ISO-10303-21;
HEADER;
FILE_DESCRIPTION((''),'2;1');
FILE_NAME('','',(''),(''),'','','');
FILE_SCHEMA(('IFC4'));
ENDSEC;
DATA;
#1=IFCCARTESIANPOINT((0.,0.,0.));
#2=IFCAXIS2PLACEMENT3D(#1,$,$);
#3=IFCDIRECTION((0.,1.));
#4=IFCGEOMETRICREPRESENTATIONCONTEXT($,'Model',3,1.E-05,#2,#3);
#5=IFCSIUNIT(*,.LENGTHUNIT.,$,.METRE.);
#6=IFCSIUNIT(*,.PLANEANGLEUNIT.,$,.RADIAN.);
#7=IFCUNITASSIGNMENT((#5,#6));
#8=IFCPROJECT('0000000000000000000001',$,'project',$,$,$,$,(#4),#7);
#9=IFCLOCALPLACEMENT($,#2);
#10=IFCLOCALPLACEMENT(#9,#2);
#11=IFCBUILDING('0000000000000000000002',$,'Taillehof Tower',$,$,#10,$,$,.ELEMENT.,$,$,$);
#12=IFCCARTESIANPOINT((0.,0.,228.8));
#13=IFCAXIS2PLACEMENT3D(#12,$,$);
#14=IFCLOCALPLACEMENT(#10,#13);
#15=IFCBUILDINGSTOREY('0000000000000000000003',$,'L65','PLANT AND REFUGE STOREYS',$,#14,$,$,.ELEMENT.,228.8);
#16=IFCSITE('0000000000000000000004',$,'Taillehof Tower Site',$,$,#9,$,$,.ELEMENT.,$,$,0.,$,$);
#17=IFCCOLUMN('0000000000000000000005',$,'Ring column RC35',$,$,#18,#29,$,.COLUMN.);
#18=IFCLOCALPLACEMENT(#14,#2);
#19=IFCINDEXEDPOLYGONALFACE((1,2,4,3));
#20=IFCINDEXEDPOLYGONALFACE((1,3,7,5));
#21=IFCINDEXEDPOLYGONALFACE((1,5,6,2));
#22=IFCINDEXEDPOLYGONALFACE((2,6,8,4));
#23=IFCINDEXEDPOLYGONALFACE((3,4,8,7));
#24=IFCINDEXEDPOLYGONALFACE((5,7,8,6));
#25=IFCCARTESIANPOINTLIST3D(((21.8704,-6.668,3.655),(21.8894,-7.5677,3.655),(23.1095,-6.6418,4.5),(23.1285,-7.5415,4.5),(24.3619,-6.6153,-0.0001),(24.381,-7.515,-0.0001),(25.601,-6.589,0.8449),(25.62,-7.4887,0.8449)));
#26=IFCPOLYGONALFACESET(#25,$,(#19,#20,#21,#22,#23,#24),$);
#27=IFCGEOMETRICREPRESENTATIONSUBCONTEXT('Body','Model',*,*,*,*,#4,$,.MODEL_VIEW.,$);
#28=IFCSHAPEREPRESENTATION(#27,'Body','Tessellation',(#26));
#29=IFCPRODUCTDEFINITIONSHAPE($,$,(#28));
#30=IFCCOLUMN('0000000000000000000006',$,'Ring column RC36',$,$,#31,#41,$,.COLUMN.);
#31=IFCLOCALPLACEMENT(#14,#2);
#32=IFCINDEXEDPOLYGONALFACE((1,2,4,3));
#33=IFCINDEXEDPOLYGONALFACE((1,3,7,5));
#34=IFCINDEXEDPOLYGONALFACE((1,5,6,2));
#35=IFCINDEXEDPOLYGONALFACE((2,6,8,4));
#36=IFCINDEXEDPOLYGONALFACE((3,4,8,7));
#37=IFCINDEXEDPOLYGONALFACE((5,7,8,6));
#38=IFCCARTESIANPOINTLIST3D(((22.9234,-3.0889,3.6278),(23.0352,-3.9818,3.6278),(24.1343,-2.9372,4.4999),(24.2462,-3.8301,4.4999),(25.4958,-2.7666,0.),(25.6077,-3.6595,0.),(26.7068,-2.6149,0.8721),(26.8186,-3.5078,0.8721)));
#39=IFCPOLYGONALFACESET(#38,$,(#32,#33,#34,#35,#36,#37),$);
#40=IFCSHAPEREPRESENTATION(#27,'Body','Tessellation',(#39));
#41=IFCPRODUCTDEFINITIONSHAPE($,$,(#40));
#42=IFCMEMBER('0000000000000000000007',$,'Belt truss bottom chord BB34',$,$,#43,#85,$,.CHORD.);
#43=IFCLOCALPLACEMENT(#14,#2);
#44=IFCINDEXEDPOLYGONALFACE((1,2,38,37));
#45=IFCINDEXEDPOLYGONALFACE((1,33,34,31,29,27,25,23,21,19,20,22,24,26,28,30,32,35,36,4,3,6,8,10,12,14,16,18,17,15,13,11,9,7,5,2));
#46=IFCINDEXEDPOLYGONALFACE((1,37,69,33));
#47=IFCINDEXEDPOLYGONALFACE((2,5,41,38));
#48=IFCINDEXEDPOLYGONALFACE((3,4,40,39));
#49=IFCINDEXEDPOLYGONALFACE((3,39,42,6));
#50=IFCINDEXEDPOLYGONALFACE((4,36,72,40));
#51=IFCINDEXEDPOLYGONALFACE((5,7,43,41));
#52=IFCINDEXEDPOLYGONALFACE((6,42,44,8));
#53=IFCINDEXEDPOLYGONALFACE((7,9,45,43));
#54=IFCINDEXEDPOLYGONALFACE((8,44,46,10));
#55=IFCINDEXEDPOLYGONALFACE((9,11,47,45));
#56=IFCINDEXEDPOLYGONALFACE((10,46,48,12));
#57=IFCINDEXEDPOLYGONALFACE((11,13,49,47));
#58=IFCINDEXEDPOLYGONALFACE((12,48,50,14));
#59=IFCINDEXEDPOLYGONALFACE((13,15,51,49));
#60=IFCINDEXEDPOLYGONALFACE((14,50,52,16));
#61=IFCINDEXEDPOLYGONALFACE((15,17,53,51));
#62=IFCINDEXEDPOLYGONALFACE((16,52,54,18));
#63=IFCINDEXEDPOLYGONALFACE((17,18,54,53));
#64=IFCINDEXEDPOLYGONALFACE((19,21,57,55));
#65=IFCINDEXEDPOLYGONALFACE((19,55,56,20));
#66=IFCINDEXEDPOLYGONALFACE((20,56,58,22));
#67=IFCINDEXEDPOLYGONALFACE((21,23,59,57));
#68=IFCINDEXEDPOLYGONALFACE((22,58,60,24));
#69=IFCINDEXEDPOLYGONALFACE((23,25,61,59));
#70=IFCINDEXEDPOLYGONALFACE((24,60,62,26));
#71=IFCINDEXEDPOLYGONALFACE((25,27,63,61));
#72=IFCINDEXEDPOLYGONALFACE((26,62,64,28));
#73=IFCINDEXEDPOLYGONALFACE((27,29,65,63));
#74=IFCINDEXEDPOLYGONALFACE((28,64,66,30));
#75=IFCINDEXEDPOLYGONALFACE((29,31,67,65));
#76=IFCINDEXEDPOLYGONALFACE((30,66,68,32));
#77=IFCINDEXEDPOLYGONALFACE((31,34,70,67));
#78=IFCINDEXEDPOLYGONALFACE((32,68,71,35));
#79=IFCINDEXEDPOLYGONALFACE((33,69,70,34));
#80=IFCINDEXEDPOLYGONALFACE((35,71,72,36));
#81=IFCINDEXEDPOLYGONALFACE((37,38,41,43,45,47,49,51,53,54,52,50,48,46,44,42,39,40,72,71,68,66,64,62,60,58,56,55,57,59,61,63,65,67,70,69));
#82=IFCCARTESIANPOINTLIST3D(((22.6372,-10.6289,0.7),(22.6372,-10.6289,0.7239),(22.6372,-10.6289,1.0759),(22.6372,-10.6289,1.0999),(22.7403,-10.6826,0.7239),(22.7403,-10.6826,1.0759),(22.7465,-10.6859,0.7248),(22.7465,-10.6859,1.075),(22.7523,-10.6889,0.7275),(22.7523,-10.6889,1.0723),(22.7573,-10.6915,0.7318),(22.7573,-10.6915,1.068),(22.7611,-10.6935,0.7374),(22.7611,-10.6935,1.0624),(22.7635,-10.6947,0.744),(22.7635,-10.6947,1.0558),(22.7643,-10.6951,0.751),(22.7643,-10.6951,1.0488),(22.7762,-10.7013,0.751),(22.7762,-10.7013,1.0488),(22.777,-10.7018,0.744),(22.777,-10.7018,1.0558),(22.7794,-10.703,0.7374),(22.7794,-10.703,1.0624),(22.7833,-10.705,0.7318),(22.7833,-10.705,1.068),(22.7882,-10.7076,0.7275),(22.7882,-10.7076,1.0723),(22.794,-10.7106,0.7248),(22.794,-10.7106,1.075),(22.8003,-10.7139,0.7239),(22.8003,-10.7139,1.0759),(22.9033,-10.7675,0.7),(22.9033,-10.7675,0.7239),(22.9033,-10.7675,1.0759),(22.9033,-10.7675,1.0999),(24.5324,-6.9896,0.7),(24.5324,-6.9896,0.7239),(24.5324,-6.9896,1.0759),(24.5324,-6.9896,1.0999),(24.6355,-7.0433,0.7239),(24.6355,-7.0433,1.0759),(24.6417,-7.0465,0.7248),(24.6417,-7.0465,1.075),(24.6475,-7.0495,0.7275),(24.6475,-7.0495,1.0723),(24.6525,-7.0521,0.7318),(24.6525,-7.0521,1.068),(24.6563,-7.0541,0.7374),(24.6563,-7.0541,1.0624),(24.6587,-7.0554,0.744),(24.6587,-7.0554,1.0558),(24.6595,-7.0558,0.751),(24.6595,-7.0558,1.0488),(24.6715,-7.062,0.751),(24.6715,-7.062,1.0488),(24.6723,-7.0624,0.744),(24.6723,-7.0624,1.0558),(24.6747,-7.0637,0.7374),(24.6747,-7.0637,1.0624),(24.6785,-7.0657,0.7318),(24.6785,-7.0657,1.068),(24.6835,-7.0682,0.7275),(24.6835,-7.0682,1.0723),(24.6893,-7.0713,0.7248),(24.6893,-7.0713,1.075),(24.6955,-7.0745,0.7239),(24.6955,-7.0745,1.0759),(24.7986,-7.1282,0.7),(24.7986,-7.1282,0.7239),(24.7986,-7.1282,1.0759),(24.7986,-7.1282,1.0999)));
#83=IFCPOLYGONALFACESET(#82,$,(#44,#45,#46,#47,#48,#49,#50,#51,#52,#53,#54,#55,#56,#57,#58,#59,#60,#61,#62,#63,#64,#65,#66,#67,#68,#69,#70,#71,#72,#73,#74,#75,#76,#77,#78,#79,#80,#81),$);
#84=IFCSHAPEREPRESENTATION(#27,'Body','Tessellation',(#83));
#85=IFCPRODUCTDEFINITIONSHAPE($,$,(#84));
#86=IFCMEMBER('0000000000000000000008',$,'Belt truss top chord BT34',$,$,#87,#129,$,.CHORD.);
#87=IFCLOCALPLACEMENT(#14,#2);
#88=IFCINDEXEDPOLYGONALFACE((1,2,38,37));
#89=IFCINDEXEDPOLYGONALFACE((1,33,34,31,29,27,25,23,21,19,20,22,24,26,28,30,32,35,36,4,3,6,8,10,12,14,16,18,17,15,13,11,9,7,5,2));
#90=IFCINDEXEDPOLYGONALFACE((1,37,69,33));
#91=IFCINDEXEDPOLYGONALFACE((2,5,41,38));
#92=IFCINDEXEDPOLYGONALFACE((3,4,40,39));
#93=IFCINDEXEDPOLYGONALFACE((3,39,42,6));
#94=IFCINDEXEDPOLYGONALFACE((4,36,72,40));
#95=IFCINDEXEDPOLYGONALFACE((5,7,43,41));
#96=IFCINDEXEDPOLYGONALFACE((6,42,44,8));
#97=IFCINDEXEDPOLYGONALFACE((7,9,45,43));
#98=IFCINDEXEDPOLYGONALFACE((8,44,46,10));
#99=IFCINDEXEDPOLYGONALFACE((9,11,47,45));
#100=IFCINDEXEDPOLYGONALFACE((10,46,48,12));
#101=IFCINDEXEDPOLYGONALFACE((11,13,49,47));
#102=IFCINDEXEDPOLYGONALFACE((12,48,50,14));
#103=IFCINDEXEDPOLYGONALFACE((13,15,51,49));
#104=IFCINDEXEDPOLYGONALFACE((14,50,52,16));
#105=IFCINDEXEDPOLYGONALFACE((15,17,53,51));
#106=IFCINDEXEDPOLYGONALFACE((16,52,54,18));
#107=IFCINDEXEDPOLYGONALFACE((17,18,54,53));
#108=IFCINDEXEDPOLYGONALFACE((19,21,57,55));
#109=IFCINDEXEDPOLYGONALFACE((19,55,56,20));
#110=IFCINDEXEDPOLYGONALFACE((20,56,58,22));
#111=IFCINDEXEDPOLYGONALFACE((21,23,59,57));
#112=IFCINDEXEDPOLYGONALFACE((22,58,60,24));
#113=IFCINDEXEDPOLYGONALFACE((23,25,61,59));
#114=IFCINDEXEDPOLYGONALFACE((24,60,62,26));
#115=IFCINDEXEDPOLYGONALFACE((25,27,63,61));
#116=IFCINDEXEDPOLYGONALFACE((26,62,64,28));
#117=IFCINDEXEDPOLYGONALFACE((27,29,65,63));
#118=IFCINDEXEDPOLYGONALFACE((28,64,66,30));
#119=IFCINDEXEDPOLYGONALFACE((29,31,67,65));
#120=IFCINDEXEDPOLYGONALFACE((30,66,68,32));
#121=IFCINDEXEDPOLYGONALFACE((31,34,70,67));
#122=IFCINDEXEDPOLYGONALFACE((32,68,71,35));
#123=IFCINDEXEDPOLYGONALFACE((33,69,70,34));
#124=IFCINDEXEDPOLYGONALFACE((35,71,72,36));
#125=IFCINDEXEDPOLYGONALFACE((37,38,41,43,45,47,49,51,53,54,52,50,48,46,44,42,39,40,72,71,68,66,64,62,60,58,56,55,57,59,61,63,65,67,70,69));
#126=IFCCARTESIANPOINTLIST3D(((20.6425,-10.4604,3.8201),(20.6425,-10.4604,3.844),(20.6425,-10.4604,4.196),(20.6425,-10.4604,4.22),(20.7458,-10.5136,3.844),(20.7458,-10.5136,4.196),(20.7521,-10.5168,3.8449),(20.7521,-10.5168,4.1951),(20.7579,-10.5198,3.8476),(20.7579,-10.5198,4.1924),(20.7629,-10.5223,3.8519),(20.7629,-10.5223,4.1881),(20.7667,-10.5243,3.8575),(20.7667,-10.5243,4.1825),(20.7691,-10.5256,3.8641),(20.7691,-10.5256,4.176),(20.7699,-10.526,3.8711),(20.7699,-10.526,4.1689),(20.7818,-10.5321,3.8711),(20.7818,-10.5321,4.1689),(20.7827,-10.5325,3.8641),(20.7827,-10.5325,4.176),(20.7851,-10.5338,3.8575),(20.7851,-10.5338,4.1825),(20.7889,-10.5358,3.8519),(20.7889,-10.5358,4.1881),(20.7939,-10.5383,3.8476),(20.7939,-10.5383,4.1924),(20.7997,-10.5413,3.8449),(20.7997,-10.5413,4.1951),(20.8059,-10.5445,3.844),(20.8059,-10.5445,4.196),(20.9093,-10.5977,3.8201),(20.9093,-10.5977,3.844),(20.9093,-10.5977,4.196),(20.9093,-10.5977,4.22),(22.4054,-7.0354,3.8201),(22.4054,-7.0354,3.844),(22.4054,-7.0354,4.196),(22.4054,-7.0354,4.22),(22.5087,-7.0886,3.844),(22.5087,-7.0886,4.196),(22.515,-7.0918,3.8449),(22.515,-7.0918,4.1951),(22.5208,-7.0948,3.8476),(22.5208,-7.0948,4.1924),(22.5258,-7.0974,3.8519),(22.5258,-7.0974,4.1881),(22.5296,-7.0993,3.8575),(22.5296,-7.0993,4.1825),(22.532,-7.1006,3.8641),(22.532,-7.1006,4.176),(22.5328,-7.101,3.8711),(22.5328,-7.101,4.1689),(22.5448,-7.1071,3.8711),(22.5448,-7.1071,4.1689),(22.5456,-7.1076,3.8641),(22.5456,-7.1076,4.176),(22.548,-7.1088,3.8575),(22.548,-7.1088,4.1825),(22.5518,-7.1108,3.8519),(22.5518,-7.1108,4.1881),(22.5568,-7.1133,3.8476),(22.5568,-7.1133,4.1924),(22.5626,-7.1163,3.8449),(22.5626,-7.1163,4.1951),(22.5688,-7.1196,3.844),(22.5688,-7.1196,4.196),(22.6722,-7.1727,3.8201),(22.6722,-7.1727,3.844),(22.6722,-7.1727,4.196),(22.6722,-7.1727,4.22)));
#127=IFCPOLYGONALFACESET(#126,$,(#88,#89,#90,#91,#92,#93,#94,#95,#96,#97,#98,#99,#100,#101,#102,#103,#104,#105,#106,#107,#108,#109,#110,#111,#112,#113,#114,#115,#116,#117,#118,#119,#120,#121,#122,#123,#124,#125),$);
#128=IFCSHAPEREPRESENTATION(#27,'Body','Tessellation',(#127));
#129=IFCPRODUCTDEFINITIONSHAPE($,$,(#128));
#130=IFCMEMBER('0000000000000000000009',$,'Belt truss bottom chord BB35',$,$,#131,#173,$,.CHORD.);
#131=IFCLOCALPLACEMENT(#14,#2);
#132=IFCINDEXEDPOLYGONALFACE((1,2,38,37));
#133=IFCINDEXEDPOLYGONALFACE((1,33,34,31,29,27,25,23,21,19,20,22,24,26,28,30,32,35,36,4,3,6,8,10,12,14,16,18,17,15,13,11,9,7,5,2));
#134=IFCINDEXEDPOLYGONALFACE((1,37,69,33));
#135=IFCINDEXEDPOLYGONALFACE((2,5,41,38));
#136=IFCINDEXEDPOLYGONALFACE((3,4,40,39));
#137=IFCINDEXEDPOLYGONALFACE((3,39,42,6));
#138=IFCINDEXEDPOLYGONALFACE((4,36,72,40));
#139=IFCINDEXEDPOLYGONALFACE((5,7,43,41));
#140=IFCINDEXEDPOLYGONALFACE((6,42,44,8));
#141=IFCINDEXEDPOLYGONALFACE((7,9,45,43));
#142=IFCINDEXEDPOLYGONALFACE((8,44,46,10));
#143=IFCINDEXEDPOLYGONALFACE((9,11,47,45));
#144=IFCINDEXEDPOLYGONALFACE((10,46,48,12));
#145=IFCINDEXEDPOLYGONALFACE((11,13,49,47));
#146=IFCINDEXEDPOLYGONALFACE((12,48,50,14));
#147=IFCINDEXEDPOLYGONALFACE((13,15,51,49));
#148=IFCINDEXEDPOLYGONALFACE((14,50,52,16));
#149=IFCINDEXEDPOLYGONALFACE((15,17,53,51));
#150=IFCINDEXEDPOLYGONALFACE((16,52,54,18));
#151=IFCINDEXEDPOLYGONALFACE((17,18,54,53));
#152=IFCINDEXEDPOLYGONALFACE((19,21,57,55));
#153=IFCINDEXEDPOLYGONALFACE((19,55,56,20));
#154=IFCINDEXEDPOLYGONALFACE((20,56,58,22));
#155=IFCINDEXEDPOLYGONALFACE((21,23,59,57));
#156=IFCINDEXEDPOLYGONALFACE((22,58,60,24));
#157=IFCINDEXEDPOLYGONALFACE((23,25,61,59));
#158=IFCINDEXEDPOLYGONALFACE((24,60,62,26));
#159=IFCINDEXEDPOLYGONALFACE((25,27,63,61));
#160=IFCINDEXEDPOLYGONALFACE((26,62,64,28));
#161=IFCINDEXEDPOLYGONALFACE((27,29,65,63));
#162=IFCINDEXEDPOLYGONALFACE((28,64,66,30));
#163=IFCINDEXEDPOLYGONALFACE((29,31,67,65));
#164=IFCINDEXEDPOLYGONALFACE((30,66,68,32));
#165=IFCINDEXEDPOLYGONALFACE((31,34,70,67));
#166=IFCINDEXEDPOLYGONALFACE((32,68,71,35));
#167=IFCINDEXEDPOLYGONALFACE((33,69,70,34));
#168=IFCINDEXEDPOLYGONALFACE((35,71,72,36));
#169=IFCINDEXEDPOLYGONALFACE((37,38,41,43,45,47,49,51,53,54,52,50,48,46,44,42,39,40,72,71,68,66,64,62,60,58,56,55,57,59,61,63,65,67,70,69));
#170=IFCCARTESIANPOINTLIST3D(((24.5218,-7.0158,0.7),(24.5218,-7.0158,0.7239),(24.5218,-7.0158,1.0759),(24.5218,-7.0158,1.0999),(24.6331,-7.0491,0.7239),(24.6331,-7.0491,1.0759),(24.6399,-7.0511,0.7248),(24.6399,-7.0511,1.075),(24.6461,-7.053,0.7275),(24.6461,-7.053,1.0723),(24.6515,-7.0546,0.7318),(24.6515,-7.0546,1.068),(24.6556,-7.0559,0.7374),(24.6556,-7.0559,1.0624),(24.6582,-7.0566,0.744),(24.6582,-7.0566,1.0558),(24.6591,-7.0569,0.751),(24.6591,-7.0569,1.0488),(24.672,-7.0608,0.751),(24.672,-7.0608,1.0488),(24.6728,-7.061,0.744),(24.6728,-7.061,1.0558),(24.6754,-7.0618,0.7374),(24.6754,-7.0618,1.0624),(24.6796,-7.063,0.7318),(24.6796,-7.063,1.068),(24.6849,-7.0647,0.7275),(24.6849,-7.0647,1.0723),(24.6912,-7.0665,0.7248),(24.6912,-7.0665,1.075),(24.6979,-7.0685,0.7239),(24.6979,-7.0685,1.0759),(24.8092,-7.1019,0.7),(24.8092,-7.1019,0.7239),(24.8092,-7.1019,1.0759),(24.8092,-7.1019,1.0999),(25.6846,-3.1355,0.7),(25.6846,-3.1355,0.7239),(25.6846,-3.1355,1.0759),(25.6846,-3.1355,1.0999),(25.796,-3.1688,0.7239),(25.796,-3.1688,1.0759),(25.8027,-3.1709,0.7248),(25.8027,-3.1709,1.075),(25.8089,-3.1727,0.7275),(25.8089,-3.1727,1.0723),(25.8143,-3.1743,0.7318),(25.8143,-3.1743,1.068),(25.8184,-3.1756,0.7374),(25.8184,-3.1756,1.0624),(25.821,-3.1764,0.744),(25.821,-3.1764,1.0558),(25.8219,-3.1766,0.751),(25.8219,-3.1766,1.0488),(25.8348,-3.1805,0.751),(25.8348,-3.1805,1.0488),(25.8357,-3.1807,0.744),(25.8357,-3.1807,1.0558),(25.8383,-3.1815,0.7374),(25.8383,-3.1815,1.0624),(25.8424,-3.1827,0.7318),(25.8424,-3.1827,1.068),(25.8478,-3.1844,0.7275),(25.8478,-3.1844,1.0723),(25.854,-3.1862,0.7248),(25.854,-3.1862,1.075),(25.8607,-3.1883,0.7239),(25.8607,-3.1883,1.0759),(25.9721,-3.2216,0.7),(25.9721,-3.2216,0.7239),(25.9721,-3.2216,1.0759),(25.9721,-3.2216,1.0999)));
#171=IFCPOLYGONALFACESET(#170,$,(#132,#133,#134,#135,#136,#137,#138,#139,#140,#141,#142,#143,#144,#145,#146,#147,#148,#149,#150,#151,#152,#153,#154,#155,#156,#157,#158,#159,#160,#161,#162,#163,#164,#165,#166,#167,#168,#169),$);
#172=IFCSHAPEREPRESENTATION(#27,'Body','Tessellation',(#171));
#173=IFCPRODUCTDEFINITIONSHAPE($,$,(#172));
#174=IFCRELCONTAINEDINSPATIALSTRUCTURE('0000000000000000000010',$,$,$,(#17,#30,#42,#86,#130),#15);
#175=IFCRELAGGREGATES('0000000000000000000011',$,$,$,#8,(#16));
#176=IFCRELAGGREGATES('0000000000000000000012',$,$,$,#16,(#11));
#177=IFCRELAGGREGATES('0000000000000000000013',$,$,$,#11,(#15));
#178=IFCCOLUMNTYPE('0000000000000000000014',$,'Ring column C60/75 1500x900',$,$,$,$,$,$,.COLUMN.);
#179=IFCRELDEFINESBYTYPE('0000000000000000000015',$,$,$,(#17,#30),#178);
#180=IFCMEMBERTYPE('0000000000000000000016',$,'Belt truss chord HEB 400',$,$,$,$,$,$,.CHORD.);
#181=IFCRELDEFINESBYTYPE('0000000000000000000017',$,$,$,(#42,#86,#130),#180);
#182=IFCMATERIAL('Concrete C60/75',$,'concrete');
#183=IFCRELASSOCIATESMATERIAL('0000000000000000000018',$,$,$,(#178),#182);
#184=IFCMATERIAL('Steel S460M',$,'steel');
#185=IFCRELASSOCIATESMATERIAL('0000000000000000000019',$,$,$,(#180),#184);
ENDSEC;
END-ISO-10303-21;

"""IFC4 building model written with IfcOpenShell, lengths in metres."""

from ifc_helpers import new_model, si_unit, direction, frame, origin, origin_2d, place, context, subcontext, project, spatial, rectangle, i_section, extrude, material, material_profile, profile_set, type_object, element, save


model = new_model("IFC4")

# Units and contexts
model_context = context("Model", 3, precision=1e-05, world=origin(), true_north=direction((0.0, 1.0)))
body_context = subcontext(model_context, "Body", "Model", "MODEL_VIEW")
ifc_project = project(units=[si_unit("LENGTHUNIT", "METRE"), si_unit("PLANEANGLEUNIT", "RADIAN")], contexts=[model_context])

# Site, building, storey
site_placement = place(None, origin())
site = spatial("IfcSite", under=ifc_project, at=site_placement, Name="Taillehof Tower Site", CompositionType="ELEMENT", RefElevation=0.0)
building_placement = place(site_placement, origin())
building = spatial("IfcBuilding", under=site, at=building_placement, Name="Taillehof Tower", CompositionType="ELEMENT")
storey_placement = place(building_placement, frame((0.0, 0.0, 228.8)))
storey = spatial("IfcBuildingStorey", under=building, at=storey_placement, Name="L65", Description="PLANT AND REFUGE STOREYS", CompositionType="ELEMENT", Elevation=228.8)

# Columns
ifc_material_1 = material(Name="Concrete C60/75", Category="concrete")
ifc_material_profile_1 = material_profile(ifc_material_1, rectangle(XDim=1.5, YDim=0.8999, at=origin_2d()), Name="RC 1500x900")
ifc_profile_set_1 = profile_set([ifc_material_profile_1], Name="Concrete C60/75")
column_type = type_object("IfcColumnType", Name="Ring column C60/75 1500x900", PredefinedType="COLUMN", material=ifc_profile_set_1)
column_1_placement = place(storey_placement, frame((24.991, -7.052, 0.4224), z_axis=(-0.563203, -0.011921, 0.826233), x_axis=(0.826048, 0.017484, 0.563329)))
element("IfcColumn", 1, at=column_1_placement, inside=storey, type_object=column_type, Name="Ring column RC35", PredefinedType="COLUMN", context=body_context, shape_type="SweptSolid", body=[
    extrude(rectangle(XDim=1.5, YDim=0.8999, at=origin_2d()), origin(), (0.0, 0.0, 1.0), 4.4238),
])
column_2_placement = place(storey_placement, frame((26.1572, -3.1372, 0.436), z_axis=(-0.576913, -0.072272, 0.813602), x_axis=(0.807292, 0.101132, 0.581422)))
element("IfcColumn", 2, at=column_2_placement, inside=storey, type_object=column_type, Name="Ring column RC36", PredefinedType="COLUMN", context=body_context, shape_type="SweptSolid", body=[
    extrude(rectangle(XDim=1.5, YDim=0.8999, at=origin_2d()), origin(), (0.0, 0.0, 1.0), 4.459),
])

# Members
ifc_material_2 = material(Name="Steel S460M", Category="steel")
ifc_material_profile_2 = material_profile(ifc_material_2, i_section(OverallWidth=0.3, OverallDepth=0.3999, WebThickness=0.0134, FlangeThickness=0.0239, FilletRadius=0.0271, at=origin_2d()), Name="HEB 400")
ifc_profile_set_2 = profile_set([ifc_material_profile_2], Name="Steel S460M")
member_type_1 = type_object("IfcMemberType", Name="Belt truss chord HEB 400", PredefinedType="CHORD", material=ifc_profile_set_2)
member_1_placement = place(storey_placement, frame((22.7703, -10.6982, 0.8999), z_axis=(0.461885, 0.88694, 0.0), x_axis=(-0.88694, 0.461885, 0.0)))
element("IfcMember", 3, at=member_1_placement, inside=storey, type_object=member_type_1, Name="Belt truss bottom chord BB34", PredefinedType="CHORD", context=body_context, shape_type="SweptSolid", body=[
    extrude(i_section(OverallWidth=0.3, OverallDepth=0.3999, WebThickness=0.0134, FlangeThickness=0.0239, FilletRadius=0.0271, at=origin_2d()), origin(), (0.0, 0.0, 1.0), 4.1033),
])
member_2_placement = place(storey_placement, frame((20.7759, -10.5291, 4.02), z_axis=(0.457653, 0.889131, 0.0), x_axis=(-0.889131, 0.457653, 0.0)))
element("IfcMember", 4, at=member_2_placement, inside=storey, type_object=member_type_1, Name="Belt truss top chord BT34", PredefinedType="CHORD", context=body_context, shape_type="SweptSolid", body=[
    extrude(i_section(OverallWidth=0.3, OverallDepth=0.3999, WebThickness=0.0134, FlangeThickness=0.0239, FilletRadius=0.0271, at=origin_2d()), origin(), (0.0, 0.0, 1.0), 3.8521),
])
member_3_placement = place(storey_placement, frame((24.6655, -7.0588, 0.8999), z_axis=(0.28706, 0.957912, 0.0), x_axis=(-0.957912, 0.28706, 0.0)))
element("IfcMember", 5, at=member_3_placement, inside=storey, type_object=member_type_1, Name="Belt truss bottom chord BB35", PredefinedType="CHORD", context=body_context, shape_type="SweptSolid", body=[
    extrude(i_section(OverallWidth=0.3, OverallDepth=0.3999, WebThickness=0.0134, FlangeThickness=0.0239, FilletRadius=0.0271, at=origin_2d()), origin(), (0.0, 0.0, 1.0), 4.0508),
])

save(model, "model.ifc")
